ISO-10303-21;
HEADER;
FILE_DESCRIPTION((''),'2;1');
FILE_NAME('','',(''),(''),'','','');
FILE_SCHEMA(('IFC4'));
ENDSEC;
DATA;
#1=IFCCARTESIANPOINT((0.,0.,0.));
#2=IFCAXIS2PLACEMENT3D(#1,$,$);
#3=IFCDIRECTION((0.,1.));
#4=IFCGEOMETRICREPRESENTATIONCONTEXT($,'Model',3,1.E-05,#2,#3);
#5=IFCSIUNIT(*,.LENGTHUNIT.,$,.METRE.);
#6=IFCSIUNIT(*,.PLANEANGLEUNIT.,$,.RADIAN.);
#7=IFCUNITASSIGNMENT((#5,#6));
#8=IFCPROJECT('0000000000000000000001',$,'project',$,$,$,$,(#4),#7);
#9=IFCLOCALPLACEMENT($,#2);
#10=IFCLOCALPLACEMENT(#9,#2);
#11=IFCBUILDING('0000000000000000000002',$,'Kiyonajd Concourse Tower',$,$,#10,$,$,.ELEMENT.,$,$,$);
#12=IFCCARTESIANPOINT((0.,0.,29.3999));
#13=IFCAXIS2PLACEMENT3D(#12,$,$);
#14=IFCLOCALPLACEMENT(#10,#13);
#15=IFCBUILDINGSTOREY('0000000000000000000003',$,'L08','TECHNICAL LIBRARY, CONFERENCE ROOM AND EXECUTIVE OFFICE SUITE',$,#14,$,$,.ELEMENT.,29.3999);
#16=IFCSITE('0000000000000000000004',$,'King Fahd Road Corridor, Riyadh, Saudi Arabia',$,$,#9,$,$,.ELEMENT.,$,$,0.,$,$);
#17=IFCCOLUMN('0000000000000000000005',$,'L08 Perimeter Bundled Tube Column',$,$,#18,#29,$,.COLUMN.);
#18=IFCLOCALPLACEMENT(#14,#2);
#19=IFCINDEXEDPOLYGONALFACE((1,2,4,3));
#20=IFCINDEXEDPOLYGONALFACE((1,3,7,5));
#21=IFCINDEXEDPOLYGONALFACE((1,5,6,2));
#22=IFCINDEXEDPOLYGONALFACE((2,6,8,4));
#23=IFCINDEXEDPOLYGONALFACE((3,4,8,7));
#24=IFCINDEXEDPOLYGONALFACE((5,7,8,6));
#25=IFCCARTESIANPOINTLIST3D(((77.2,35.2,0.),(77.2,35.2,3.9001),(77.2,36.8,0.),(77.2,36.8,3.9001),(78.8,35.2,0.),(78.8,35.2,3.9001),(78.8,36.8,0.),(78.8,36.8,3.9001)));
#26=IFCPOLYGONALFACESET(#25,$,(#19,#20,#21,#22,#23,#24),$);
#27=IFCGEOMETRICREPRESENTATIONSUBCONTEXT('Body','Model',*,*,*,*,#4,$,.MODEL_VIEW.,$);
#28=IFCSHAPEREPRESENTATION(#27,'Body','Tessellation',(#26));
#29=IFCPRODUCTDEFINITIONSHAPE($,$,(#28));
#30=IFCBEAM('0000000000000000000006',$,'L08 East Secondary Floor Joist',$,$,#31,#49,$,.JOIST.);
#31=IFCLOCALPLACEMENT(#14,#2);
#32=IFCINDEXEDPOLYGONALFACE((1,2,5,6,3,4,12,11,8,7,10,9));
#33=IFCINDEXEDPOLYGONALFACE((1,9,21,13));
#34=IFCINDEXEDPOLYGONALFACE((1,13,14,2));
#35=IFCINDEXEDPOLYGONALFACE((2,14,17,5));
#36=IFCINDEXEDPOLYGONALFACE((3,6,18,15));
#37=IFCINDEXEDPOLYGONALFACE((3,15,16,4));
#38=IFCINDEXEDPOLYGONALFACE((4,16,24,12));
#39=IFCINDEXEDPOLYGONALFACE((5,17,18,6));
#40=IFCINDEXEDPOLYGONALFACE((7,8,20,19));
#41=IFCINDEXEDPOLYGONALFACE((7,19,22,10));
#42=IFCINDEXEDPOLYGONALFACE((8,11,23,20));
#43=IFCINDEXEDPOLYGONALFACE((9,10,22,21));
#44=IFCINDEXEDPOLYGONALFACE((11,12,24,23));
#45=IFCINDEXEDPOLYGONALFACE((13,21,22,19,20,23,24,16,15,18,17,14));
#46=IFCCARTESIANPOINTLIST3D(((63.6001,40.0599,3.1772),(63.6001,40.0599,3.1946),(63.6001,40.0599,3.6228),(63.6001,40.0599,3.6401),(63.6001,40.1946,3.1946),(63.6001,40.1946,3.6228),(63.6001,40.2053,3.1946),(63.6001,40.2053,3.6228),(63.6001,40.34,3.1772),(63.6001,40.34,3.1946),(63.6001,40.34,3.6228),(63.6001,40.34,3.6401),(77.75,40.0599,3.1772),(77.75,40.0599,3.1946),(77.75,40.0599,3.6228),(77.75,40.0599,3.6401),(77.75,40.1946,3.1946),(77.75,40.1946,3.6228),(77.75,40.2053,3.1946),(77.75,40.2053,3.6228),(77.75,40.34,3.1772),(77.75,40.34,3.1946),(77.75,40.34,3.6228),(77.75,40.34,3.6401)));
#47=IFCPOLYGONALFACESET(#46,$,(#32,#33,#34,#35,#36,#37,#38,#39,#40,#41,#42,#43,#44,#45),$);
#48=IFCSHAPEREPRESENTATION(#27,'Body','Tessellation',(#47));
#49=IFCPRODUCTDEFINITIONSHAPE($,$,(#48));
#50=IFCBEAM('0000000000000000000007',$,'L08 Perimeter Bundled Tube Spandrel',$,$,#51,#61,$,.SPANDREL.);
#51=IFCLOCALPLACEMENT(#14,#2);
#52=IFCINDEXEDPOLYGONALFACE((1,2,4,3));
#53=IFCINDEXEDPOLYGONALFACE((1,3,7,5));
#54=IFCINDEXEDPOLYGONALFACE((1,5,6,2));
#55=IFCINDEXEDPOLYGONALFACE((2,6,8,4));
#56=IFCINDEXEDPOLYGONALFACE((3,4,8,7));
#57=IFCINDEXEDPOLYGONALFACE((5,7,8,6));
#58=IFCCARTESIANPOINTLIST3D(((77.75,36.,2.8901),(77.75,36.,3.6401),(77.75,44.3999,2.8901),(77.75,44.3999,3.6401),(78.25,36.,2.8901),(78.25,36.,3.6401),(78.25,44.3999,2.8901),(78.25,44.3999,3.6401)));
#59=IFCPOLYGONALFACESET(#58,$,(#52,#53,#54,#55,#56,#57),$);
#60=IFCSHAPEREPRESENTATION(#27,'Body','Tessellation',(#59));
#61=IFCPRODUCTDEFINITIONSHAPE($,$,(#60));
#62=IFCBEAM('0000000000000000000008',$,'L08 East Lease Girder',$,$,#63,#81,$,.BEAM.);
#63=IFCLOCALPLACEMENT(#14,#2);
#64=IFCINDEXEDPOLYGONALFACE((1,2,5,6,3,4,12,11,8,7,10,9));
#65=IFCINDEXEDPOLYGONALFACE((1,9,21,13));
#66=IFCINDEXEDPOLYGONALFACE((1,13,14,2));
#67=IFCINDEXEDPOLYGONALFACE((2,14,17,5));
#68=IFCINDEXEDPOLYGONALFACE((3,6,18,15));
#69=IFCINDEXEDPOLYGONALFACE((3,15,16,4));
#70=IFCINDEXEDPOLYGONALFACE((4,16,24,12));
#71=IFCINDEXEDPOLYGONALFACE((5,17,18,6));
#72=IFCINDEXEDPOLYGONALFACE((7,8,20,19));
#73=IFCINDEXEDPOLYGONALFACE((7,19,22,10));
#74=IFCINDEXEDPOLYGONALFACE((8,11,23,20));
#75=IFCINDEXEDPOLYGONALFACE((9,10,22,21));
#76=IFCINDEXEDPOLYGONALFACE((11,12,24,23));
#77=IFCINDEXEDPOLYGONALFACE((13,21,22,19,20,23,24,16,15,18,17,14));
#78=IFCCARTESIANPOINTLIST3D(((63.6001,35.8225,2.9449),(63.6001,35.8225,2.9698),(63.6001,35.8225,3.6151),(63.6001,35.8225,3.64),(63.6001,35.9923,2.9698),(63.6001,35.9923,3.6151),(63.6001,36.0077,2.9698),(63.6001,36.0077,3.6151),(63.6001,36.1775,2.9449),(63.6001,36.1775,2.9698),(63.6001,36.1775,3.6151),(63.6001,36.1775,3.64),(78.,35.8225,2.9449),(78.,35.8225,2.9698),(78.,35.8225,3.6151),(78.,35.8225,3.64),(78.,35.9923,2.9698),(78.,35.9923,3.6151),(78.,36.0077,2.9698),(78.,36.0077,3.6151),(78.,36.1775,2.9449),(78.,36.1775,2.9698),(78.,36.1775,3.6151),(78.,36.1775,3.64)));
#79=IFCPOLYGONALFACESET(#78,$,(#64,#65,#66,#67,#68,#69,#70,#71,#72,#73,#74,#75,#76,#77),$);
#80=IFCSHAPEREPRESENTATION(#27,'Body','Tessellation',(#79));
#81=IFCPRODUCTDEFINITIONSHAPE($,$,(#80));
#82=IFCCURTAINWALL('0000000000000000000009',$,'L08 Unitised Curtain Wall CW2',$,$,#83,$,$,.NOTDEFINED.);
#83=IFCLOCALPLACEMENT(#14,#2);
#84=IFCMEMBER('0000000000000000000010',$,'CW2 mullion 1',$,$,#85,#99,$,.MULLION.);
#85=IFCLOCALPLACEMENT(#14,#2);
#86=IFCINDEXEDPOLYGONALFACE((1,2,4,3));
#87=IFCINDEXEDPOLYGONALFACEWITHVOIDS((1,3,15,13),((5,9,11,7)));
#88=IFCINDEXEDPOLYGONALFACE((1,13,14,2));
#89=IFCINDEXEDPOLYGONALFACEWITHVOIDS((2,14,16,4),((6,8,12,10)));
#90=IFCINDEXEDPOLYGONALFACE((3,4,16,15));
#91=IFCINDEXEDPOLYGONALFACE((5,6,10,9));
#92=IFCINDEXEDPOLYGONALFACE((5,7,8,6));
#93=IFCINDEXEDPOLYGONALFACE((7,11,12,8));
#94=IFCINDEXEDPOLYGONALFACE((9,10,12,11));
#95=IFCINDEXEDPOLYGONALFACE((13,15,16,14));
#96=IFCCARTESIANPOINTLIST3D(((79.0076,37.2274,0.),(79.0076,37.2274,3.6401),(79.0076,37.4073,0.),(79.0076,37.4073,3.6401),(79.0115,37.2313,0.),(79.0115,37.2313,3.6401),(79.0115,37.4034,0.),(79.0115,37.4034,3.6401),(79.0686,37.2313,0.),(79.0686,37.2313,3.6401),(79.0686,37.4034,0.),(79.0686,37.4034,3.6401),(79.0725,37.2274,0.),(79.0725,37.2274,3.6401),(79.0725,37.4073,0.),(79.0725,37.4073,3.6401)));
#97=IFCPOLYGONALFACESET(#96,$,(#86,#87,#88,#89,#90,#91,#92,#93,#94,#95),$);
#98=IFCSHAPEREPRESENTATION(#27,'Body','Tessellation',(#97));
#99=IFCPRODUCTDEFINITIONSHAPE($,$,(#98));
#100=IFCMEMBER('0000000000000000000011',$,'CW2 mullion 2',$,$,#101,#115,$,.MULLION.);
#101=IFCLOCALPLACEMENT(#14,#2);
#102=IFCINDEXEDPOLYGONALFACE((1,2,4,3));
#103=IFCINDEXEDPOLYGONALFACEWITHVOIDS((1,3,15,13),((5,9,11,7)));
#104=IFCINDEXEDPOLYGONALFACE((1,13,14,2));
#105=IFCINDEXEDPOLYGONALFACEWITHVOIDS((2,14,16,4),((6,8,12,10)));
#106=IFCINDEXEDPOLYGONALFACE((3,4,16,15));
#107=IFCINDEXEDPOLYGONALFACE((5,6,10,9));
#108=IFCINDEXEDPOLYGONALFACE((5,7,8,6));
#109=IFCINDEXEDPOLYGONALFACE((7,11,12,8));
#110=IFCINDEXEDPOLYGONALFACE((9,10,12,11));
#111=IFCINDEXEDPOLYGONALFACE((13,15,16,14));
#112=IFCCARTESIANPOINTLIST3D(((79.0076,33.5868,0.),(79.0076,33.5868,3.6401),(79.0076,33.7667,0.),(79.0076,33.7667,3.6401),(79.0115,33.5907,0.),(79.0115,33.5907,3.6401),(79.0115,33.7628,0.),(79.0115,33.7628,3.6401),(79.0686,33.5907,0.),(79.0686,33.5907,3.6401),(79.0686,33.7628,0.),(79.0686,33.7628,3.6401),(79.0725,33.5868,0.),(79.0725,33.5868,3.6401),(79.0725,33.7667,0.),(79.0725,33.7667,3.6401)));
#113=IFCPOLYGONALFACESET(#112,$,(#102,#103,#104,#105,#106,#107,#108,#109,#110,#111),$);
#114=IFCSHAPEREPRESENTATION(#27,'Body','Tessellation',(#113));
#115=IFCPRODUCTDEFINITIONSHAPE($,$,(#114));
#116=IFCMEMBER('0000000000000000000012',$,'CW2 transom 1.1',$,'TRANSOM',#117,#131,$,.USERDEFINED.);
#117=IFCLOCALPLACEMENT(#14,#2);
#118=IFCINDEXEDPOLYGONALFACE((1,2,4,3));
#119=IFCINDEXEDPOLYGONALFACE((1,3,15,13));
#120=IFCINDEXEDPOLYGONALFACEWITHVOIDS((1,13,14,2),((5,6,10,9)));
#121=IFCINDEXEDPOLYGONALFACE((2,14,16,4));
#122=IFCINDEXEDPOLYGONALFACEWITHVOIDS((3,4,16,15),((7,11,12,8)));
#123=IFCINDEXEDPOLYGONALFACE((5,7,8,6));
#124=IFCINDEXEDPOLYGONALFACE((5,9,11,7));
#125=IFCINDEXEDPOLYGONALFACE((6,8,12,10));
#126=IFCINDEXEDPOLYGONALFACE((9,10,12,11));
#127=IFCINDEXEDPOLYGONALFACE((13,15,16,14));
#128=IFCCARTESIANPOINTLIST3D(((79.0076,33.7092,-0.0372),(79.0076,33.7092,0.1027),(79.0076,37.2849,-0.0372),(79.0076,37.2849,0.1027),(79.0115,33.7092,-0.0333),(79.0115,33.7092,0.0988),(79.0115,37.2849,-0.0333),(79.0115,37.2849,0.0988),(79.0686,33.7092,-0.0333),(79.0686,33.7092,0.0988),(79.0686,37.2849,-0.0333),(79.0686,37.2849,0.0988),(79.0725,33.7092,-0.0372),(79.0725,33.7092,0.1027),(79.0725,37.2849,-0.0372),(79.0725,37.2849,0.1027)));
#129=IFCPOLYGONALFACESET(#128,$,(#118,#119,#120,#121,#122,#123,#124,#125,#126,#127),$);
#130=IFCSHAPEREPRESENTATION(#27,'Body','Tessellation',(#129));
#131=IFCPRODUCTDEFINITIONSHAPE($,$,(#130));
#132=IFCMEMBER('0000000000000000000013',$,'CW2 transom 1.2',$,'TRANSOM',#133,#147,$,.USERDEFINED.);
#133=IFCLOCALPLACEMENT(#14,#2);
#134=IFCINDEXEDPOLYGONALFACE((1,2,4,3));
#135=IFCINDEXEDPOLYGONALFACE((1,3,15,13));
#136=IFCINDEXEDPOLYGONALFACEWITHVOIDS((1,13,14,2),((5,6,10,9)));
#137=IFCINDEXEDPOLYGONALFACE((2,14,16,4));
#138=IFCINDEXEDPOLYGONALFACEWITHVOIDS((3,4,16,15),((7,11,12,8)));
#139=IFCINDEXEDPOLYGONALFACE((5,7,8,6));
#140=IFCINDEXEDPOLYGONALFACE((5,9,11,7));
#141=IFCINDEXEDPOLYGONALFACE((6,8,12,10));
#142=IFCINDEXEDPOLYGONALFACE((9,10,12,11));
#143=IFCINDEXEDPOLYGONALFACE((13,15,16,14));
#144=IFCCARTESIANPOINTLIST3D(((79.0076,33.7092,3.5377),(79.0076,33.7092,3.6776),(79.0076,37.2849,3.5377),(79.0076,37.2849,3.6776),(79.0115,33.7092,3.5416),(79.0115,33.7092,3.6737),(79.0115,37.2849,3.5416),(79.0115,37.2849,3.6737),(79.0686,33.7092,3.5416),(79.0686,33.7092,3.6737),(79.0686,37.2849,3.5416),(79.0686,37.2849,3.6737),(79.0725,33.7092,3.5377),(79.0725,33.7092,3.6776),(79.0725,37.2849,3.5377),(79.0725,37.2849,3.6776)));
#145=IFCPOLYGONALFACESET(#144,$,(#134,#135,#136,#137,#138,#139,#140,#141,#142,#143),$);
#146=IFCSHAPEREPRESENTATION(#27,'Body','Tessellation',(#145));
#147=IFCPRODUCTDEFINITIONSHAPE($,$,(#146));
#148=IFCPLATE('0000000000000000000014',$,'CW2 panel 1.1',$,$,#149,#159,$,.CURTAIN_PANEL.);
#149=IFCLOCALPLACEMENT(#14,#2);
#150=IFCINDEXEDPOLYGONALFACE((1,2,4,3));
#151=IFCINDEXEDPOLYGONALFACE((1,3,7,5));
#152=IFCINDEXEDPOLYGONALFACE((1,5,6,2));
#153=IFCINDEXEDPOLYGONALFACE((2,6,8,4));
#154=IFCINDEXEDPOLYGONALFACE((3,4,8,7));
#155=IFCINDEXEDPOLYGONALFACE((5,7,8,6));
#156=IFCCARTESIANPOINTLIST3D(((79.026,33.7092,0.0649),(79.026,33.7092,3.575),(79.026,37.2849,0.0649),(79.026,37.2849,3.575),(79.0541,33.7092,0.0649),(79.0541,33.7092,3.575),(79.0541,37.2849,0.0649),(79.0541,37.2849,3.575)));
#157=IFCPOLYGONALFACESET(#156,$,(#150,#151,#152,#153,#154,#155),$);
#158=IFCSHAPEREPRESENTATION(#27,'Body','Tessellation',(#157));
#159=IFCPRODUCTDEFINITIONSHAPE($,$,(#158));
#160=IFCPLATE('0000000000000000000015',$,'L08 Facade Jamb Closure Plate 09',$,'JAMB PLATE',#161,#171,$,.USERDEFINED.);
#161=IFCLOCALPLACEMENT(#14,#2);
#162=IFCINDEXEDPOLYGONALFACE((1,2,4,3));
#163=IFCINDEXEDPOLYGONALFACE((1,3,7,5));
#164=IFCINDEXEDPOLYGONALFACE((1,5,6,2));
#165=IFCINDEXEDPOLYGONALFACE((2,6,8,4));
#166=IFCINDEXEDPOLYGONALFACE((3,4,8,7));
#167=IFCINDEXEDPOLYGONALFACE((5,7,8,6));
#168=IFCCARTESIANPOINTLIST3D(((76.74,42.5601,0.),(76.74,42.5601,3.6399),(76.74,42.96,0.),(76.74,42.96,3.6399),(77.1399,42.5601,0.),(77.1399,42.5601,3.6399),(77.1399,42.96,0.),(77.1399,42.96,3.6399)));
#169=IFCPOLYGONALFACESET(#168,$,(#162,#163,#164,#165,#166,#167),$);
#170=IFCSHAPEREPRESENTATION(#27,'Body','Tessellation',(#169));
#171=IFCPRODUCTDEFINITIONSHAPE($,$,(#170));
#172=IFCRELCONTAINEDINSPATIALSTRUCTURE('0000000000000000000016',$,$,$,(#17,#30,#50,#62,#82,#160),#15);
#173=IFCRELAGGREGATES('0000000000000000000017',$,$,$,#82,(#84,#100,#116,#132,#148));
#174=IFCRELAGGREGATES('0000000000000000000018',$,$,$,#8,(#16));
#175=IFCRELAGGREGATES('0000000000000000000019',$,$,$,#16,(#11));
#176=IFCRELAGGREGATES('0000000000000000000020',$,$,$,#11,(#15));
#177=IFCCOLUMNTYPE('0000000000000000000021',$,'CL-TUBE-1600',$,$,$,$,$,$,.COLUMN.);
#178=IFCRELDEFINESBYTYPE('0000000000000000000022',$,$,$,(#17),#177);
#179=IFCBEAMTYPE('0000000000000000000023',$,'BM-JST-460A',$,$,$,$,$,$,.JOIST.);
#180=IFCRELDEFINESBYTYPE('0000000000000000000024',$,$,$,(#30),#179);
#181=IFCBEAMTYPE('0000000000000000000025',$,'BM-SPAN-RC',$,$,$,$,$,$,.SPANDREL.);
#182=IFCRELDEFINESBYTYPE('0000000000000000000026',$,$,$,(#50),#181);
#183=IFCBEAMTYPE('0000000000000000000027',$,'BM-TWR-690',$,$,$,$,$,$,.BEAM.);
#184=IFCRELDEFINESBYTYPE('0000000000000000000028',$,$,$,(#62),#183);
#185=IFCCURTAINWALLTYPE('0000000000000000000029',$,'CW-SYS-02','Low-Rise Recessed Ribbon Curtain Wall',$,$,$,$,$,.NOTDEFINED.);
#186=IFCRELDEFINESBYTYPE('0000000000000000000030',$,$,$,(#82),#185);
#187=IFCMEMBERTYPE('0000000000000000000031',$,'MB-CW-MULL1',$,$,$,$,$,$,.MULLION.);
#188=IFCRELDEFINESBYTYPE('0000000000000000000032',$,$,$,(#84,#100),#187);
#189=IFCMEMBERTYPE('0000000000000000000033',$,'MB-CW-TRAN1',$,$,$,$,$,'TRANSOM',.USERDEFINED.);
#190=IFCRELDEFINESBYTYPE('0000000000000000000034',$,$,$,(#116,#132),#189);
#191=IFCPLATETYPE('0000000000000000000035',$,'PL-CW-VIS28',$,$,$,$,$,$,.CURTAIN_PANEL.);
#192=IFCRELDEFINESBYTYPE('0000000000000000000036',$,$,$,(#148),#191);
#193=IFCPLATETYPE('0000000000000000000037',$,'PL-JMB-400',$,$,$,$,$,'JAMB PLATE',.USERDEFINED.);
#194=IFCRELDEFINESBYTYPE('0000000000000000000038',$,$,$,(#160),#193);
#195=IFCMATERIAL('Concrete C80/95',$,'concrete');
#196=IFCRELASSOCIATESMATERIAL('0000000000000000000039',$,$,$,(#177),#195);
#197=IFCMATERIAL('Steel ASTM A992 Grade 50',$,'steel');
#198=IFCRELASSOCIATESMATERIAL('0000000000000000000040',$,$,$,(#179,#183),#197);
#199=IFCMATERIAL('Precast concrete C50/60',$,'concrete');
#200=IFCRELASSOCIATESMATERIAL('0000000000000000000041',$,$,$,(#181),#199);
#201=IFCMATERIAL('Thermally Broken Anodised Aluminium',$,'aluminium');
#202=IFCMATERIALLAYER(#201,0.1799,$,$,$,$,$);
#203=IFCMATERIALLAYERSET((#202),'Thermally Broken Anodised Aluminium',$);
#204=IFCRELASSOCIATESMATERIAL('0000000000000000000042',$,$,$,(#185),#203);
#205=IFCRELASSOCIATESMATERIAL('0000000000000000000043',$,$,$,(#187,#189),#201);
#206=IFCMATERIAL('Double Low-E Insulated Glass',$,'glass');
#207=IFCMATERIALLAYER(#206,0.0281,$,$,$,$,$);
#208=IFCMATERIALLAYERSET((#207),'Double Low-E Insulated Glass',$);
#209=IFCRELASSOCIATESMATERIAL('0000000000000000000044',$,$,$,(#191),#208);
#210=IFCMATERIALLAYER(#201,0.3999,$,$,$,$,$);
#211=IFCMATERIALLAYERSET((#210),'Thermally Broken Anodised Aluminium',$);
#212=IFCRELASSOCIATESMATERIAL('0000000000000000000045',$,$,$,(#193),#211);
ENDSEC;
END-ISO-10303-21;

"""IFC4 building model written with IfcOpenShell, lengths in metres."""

from ifc_helpers import new_model, si_unit, direction, frame, origin, origin_2d, place, context, subcontext, project, spatial, rectangle, hollow_rectangle, i_section, extrude, material, layer, layer_set, material_profile, profile_set, type_object, element, aggregate, save


model = new_model("IFC4")

# Units and contexts
model_context = context("Model", 3, precision=1e-05, world=origin(), true_north=direction((0.0, 1.0)))
body_context = subcontext(model_context, "Body", "Model", "MODEL_VIEW")
ifc_project = project(units=[si_unit("LENGTHUNIT", "METRE"), si_unit("PLANEANGLEUNIT", "RADIAN")], contexts=[model_context])

# Site, building, storey
site_placement = place(None, origin())
site = spatial("IfcSite", under=ifc_project, at=site_placement, Name="King Fahd Road Corridor, Riyadh, Saudi Arabia", CompositionType="ELEMENT", RefElevation=0.0)
building_placement = place(site_placement, origin())
building = spatial("IfcBuilding", under=site, at=building_placement, Name="Kiyonajd Concourse Tower", CompositionType="ELEMENT")
storey_placement = place(building_placement, frame((0.0, 0.0, 29.3999)))
storey = spatial("IfcBuildingStorey", under=building, at=storey_placement, Name="L08", Description="TECHNICAL LIBRARY, CONFERENCE ROOM AND EXECUTIVE OFFICE SUITE", CompositionType="ELEMENT", Elevation=29.3999)

# Column
ifc_material_1 = material(Name="Concrete C80/95", Category="concrete")
ifc_material_profile_1 = material_profile(ifc_material_1, rectangle(XDim=1.6001, YDim=1.6001, at=origin_2d()), Name="RC-1600x1600")
ifc_profile_set_1 = profile_set([ifc_material_profile_1], Name="Concrete C80/95")
column_type = type_object("IfcColumnType", Name="CL-TUBE-1600", PredefinedType="COLUMN", material=ifc_profile_set_1)
column_placement = place(storey_placement, frame((78.0, 36.0, 0.0), z_axis=(0.0, 0.0, 1.0), x_axis=(1.0, 0.0, 0.0)))
element("IfcColumn", 1, at=column_placement, inside=storey, type_object=column_type, Name="L08 Perimeter Bundled Tube Column", PredefinedType="COLUMN", context=body_context, shape_type="SweptSolid", body=[
    extrude(rectangle(XDim=1.6001, YDim=1.6001, at=origin_2d()), origin(), (0.0, 0.0, 1.0), 3.9001),
])

# Beams
ifc_material_2 = material(Name="Steel ASTM A992 Grade 50", Category="steel")
ifc_material_profile_2 = material_profile(ifc_material_2, i_section(OverallWidth=0.28, OverallDepth=0.4629, WebThickness=0.0107, FlangeThickness=0.0173, at=origin_2d()), Name="W460X113")
ifc_profile_set_2 = profile_set([ifc_material_profile_2], Name="Steel ASTM A992 Grade 50")
beam_type_1 = type_object("IfcBeamType", Name="BM-JST-460A", PredefinedType="JOIST", material=ifc_profile_set_2)
beam_1_placement = place(storey_placement, frame((63.6001, 40.2, 3.4087), z_axis=(1.0, 0.0, 0.0), x_axis=(0.0, 1.0, 0.0)))
element("IfcBeam", 2, at=beam_1_placement, inside=storey, type_object=beam_type_1, Name="L08 East Secondary Floor Joist", PredefinedType="JOIST", context=body_context, shape_type="SweptSolid", body=[
    extrude(i_section(OverallWidth=0.28, OverallDepth=0.4629, WebThickness=0.0107, FlangeThickness=0.0173, at=origin_2d()), origin(), (0.0, 0.0, 1.0), 14.1499),
])
ifc_material_3 = material(Name="Precast concrete C50/60", Category="concrete")
ifc_material_profile_3 = material_profile(ifc_material_3, rectangle(XDim=0.5, YDim=0.75, at=origin_2d()), Name="RCBM-500x750")
ifc_profile_set_3 = profile_set([ifc_material_profile_3], Name="Precast concrete C50/60")
beam_type_2 = type_object("IfcBeamType", Name="BM-SPAN-RC", PredefinedType="SPANDREL", material=ifc_profile_set_3)
beam_2_placement = place(storey_placement, frame((78.0, 36.0, 3.2651), z_axis=(0.0, 1.0, 0.0), x_axis=(-1.0, 0.0, 0.0)))
element("IfcBeam", 3, at=beam_2_placement, inside=storey, type_object=beam_type_2, Name="L08 Perimeter Bundled Tube Spandrel", PredefinedType="SPANDREL", context=body_context, shape_type="SweptSolid", body=[
    extrude(rectangle(XDim=0.5, YDim=0.75, at=origin_2d()), origin(), (0.0, 0.0, 1.0), 8.3999),
])
ifc_material_profile_4 = material_profile(ifc_material_2, i_section(OverallWidth=0.355, OverallDepth=0.6951, WebThickness=0.0154, FlangeThickness=0.0249, at=origin_2d()), Name="W690X217")
ifc_profile_set_4 = profile_set([ifc_material_profile_4], Name="Steel ASTM A992 Grade 50")
beam_type_3 = type_object("IfcBeamType", Name="BM-TWR-690", PredefinedType="BEAM", material=ifc_profile_set_4)
beam_3_placement = place(storey_placement, frame((63.6001, 36.0, 3.2925), z_axis=(1.0, 0.0, 0.0), x_axis=(0.0, 1.0, 0.0)))
element("IfcBeam", 4, at=beam_3_placement, inside=storey, type_object=beam_type_3, Name="L08 East Lease Girder", PredefinedType="BEAM", context=body_context, shape_type="SweptSolid", body=[
    extrude(i_section(OverallWidth=0.355, OverallDepth=0.6951, WebThickness=0.0154, FlangeThickness=0.0249, at=origin_2d()), origin(), (0.0, 0.0, 1.0), 14.3999),
])

# Curtain wall, members, plate
ifc_material_4 = material(Name="Thermally Broken Anodised Aluminium", Category="aluminium")
ifc_layer_1 = layer(ifc_material_4, 0.1799)
ifc_layer_set_1 = layer_set([ifc_layer_1], Name="Thermally Broken Anodised Aluminium")
curtain_wall_type = type_object("IfcCurtainWallType", Name="CW-SYS-02", Description="Low-Rise Recessed Ribbon Curtain Wall", PredefinedType="NOTDEFINED", material=ifc_layer_set_1)
curtain_wall_placement = place(storey_placement, origin())
curtain_wall = element("IfcCurtainWall", 5, at=curtain_wall_placement, inside=storey, type_object=curtain_wall_type, Name="L08 Unitised Curtain Wall CW2", PredefinedType="NOTDEFINED")
ifc_material_profile_5 = material_profile(ifc_material_4, hollow_rectangle(XDim=0.0649, YDim=0.1799, WallThickness=0.0039, at=origin_2d()), Name="MULL-65x180")
ifc_profile_set_5 = profile_set([ifc_material_profile_5], Name="Thermally Broken Anodised Aluminium")
member_type_1 = type_object("IfcMemberType", Name="MB-CW-MULL1", PredefinedType="MULLION", material=ifc_profile_set_5)
member_1_placement = place(storey_placement, frame((79.04, 37.3174, 0.0), z_axis=(0.0, 0.0, 1.0), x_axis=(1.0, 0.0, 0.0)))
member_1 = element("IfcMember", 6, at=member_1_placement, type_object=member_type_1, Name="CW2 mullion 1", PredefinedType="MULLION", context=body_context, shape_type="SweptSolid", body=[
    extrude(hollow_rectangle(XDim=0.0649, YDim=0.1799, WallThickness=0.0039, at=origin_2d()), origin(), (0.0, 0.0, 1.0), 3.6401),
])
member_2_placement = place(storey_placement, frame((79.04, 33.6768, 0.0), z_axis=(0.0, 0.0, 1.0), x_axis=(1.0, 0.0, 0.0)))
member_2 = element("IfcMember", 7, at=member_2_placement, type_object=member_type_1, Name="CW2 mullion 2", PredefinedType="MULLION", context=body_context, shape_type="SweptSolid", body=[
    extrude(hollow_rectangle(XDim=0.0649, YDim=0.1799, WallThickness=0.0039, at=origin_2d()), origin(), (0.0, 0.0, 1.0), 3.6401),
])
ifc_material_profile_6 = material_profile(ifc_material_4, hollow_rectangle(XDim=0.0649, YDim=0.1399, WallThickness=0.0039, at=origin_2d()), Name="TRAN-65x140")
ifc_profile_set_6 = profile_set([ifc_material_profile_6], Name="Thermally Broken Anodised Aluminium")
member_type_2 = type_object("IfcMemberType", Name="MB-CW-TRAN1", ElementType="TRANSOM", PredefinedType="USERDEFINED", material=ifc_profile_set_6)
member_3_placement = place(storey_placement, frame((79.04, 37.2849, 0.0327), z_axis=(0.0, -1.0, 0.0), x_axis=(1.0, 0.0, 0.0)))
member_3 = element("IfcMember", 8, at=member_3_placement, type_object=member_type_2, Name="CW2 transom 1.1", ObjectType="TRANSOM", PredefinedType="USERDEFINED", context=body_context, shape_type="SweptSolid", body=[
    extrude(hollow_rectangle(XDim=0.0649, YDim=0.1399, WallThickness=0.0039, at=origin_2d()), origin(), (0.0, 0.0, 1.0), 3.5757),
])
member_4_placement = place(storey_placement, frame((79.04, 37.2849, 3.6077), z_axis=(0.0, -1.0, 0.0), x_axis=(1.0, 0.0, 0.0)))
member_4 = element("IfcMember", 9, at=member_4_placement, type_object=member_type_2, Name="CW2 transom 1.2", ObjectType="TRANSOM", PredefinedType="USERDEFINED", context=body_context, shape_type="SweptSolid", body=[
    extrude(hollow_rectangle(XDim=0.0649, YDim=0.1399, WallThickness=0.0039, at=origin_2d()), origin(), (0.0, 0.0, 1.0), 3.5757),
])
ifc_material_5 = material(Name="Double Low-E Insulated Glass", Category="glass")
ifc_layer_2 = layer(ifc_material_5, 0.0281)
ifc_layer_set_2 = layer_set([ifc_layer_2], Name="Double Low-E Insulated Glass")
plate_type_1 = type_object("IfcPlateType", Name="PL-CW-VIS28", PredefinedType="CURTAIN_PANEL", material=ifc_layer_set_2)
plate_placement = place(storey_placement, frame((79.04, 35.4971, 0.0649), z_axis=(0.0, 0.0, 1.0), x_axis=(0.0, -1.0, 0.0)))
plate = element("IfcPlate", 10, at=plate_placement, type_object=plate_type_1, Name="CW2 panel 1.1", PredefinedType="CURTAIN_PANEL", context=body_context, shape_type="SweptSolid", body=[
    extrude(rectangle(XDim=3.5757, YDim=0.0281, at=origin_2d()), origin(), (0.0, 0.0, 1.0), 3.51),
])
aggregate(curtain_wall, [member_1, member_2, member_3, member_4, plate])

# Plate
ifc_layer_3 = layer(ifc_material_4, 0.3999)
ifc_layer_set_3 = layer_set([ifc_layer_3], Name="Thermally Broken Anodised Aluminium")
plate_type_2 = type_object("IfcPlateType", Name="PL-JMB-400", ElementType="JAMB PLATE", PredefinedType="USERDEFINED", material=ifc_layer_set_3)
for number, where, z_axis, x_axis, name in (
    (11, (76.9399, 42.76, 0.0), (0.0, 0.0, 1.0), (1.0, 0.0, 0.0), "L08 Facade Jamb Closure Plate 09"),
):
    element("IfcPlate", number, at=place(storey_placement, frame(where, z_axis=z_axis, x_axis=x_axis)), inside=storey, type_object=plate_type_2, Name=name, ObjectType="JAMB PLATE", PredefinedType="USERDEFINED", context=body_context, shape_type="SweptSolid", body=[
        extrude(rectangle(XDim=0.3999, YDim=0.3999, at=origin_2d()), origin(), (0.0, 0.0, 1.0), 3.6399),
    ])

save(model, "model.ifc")
